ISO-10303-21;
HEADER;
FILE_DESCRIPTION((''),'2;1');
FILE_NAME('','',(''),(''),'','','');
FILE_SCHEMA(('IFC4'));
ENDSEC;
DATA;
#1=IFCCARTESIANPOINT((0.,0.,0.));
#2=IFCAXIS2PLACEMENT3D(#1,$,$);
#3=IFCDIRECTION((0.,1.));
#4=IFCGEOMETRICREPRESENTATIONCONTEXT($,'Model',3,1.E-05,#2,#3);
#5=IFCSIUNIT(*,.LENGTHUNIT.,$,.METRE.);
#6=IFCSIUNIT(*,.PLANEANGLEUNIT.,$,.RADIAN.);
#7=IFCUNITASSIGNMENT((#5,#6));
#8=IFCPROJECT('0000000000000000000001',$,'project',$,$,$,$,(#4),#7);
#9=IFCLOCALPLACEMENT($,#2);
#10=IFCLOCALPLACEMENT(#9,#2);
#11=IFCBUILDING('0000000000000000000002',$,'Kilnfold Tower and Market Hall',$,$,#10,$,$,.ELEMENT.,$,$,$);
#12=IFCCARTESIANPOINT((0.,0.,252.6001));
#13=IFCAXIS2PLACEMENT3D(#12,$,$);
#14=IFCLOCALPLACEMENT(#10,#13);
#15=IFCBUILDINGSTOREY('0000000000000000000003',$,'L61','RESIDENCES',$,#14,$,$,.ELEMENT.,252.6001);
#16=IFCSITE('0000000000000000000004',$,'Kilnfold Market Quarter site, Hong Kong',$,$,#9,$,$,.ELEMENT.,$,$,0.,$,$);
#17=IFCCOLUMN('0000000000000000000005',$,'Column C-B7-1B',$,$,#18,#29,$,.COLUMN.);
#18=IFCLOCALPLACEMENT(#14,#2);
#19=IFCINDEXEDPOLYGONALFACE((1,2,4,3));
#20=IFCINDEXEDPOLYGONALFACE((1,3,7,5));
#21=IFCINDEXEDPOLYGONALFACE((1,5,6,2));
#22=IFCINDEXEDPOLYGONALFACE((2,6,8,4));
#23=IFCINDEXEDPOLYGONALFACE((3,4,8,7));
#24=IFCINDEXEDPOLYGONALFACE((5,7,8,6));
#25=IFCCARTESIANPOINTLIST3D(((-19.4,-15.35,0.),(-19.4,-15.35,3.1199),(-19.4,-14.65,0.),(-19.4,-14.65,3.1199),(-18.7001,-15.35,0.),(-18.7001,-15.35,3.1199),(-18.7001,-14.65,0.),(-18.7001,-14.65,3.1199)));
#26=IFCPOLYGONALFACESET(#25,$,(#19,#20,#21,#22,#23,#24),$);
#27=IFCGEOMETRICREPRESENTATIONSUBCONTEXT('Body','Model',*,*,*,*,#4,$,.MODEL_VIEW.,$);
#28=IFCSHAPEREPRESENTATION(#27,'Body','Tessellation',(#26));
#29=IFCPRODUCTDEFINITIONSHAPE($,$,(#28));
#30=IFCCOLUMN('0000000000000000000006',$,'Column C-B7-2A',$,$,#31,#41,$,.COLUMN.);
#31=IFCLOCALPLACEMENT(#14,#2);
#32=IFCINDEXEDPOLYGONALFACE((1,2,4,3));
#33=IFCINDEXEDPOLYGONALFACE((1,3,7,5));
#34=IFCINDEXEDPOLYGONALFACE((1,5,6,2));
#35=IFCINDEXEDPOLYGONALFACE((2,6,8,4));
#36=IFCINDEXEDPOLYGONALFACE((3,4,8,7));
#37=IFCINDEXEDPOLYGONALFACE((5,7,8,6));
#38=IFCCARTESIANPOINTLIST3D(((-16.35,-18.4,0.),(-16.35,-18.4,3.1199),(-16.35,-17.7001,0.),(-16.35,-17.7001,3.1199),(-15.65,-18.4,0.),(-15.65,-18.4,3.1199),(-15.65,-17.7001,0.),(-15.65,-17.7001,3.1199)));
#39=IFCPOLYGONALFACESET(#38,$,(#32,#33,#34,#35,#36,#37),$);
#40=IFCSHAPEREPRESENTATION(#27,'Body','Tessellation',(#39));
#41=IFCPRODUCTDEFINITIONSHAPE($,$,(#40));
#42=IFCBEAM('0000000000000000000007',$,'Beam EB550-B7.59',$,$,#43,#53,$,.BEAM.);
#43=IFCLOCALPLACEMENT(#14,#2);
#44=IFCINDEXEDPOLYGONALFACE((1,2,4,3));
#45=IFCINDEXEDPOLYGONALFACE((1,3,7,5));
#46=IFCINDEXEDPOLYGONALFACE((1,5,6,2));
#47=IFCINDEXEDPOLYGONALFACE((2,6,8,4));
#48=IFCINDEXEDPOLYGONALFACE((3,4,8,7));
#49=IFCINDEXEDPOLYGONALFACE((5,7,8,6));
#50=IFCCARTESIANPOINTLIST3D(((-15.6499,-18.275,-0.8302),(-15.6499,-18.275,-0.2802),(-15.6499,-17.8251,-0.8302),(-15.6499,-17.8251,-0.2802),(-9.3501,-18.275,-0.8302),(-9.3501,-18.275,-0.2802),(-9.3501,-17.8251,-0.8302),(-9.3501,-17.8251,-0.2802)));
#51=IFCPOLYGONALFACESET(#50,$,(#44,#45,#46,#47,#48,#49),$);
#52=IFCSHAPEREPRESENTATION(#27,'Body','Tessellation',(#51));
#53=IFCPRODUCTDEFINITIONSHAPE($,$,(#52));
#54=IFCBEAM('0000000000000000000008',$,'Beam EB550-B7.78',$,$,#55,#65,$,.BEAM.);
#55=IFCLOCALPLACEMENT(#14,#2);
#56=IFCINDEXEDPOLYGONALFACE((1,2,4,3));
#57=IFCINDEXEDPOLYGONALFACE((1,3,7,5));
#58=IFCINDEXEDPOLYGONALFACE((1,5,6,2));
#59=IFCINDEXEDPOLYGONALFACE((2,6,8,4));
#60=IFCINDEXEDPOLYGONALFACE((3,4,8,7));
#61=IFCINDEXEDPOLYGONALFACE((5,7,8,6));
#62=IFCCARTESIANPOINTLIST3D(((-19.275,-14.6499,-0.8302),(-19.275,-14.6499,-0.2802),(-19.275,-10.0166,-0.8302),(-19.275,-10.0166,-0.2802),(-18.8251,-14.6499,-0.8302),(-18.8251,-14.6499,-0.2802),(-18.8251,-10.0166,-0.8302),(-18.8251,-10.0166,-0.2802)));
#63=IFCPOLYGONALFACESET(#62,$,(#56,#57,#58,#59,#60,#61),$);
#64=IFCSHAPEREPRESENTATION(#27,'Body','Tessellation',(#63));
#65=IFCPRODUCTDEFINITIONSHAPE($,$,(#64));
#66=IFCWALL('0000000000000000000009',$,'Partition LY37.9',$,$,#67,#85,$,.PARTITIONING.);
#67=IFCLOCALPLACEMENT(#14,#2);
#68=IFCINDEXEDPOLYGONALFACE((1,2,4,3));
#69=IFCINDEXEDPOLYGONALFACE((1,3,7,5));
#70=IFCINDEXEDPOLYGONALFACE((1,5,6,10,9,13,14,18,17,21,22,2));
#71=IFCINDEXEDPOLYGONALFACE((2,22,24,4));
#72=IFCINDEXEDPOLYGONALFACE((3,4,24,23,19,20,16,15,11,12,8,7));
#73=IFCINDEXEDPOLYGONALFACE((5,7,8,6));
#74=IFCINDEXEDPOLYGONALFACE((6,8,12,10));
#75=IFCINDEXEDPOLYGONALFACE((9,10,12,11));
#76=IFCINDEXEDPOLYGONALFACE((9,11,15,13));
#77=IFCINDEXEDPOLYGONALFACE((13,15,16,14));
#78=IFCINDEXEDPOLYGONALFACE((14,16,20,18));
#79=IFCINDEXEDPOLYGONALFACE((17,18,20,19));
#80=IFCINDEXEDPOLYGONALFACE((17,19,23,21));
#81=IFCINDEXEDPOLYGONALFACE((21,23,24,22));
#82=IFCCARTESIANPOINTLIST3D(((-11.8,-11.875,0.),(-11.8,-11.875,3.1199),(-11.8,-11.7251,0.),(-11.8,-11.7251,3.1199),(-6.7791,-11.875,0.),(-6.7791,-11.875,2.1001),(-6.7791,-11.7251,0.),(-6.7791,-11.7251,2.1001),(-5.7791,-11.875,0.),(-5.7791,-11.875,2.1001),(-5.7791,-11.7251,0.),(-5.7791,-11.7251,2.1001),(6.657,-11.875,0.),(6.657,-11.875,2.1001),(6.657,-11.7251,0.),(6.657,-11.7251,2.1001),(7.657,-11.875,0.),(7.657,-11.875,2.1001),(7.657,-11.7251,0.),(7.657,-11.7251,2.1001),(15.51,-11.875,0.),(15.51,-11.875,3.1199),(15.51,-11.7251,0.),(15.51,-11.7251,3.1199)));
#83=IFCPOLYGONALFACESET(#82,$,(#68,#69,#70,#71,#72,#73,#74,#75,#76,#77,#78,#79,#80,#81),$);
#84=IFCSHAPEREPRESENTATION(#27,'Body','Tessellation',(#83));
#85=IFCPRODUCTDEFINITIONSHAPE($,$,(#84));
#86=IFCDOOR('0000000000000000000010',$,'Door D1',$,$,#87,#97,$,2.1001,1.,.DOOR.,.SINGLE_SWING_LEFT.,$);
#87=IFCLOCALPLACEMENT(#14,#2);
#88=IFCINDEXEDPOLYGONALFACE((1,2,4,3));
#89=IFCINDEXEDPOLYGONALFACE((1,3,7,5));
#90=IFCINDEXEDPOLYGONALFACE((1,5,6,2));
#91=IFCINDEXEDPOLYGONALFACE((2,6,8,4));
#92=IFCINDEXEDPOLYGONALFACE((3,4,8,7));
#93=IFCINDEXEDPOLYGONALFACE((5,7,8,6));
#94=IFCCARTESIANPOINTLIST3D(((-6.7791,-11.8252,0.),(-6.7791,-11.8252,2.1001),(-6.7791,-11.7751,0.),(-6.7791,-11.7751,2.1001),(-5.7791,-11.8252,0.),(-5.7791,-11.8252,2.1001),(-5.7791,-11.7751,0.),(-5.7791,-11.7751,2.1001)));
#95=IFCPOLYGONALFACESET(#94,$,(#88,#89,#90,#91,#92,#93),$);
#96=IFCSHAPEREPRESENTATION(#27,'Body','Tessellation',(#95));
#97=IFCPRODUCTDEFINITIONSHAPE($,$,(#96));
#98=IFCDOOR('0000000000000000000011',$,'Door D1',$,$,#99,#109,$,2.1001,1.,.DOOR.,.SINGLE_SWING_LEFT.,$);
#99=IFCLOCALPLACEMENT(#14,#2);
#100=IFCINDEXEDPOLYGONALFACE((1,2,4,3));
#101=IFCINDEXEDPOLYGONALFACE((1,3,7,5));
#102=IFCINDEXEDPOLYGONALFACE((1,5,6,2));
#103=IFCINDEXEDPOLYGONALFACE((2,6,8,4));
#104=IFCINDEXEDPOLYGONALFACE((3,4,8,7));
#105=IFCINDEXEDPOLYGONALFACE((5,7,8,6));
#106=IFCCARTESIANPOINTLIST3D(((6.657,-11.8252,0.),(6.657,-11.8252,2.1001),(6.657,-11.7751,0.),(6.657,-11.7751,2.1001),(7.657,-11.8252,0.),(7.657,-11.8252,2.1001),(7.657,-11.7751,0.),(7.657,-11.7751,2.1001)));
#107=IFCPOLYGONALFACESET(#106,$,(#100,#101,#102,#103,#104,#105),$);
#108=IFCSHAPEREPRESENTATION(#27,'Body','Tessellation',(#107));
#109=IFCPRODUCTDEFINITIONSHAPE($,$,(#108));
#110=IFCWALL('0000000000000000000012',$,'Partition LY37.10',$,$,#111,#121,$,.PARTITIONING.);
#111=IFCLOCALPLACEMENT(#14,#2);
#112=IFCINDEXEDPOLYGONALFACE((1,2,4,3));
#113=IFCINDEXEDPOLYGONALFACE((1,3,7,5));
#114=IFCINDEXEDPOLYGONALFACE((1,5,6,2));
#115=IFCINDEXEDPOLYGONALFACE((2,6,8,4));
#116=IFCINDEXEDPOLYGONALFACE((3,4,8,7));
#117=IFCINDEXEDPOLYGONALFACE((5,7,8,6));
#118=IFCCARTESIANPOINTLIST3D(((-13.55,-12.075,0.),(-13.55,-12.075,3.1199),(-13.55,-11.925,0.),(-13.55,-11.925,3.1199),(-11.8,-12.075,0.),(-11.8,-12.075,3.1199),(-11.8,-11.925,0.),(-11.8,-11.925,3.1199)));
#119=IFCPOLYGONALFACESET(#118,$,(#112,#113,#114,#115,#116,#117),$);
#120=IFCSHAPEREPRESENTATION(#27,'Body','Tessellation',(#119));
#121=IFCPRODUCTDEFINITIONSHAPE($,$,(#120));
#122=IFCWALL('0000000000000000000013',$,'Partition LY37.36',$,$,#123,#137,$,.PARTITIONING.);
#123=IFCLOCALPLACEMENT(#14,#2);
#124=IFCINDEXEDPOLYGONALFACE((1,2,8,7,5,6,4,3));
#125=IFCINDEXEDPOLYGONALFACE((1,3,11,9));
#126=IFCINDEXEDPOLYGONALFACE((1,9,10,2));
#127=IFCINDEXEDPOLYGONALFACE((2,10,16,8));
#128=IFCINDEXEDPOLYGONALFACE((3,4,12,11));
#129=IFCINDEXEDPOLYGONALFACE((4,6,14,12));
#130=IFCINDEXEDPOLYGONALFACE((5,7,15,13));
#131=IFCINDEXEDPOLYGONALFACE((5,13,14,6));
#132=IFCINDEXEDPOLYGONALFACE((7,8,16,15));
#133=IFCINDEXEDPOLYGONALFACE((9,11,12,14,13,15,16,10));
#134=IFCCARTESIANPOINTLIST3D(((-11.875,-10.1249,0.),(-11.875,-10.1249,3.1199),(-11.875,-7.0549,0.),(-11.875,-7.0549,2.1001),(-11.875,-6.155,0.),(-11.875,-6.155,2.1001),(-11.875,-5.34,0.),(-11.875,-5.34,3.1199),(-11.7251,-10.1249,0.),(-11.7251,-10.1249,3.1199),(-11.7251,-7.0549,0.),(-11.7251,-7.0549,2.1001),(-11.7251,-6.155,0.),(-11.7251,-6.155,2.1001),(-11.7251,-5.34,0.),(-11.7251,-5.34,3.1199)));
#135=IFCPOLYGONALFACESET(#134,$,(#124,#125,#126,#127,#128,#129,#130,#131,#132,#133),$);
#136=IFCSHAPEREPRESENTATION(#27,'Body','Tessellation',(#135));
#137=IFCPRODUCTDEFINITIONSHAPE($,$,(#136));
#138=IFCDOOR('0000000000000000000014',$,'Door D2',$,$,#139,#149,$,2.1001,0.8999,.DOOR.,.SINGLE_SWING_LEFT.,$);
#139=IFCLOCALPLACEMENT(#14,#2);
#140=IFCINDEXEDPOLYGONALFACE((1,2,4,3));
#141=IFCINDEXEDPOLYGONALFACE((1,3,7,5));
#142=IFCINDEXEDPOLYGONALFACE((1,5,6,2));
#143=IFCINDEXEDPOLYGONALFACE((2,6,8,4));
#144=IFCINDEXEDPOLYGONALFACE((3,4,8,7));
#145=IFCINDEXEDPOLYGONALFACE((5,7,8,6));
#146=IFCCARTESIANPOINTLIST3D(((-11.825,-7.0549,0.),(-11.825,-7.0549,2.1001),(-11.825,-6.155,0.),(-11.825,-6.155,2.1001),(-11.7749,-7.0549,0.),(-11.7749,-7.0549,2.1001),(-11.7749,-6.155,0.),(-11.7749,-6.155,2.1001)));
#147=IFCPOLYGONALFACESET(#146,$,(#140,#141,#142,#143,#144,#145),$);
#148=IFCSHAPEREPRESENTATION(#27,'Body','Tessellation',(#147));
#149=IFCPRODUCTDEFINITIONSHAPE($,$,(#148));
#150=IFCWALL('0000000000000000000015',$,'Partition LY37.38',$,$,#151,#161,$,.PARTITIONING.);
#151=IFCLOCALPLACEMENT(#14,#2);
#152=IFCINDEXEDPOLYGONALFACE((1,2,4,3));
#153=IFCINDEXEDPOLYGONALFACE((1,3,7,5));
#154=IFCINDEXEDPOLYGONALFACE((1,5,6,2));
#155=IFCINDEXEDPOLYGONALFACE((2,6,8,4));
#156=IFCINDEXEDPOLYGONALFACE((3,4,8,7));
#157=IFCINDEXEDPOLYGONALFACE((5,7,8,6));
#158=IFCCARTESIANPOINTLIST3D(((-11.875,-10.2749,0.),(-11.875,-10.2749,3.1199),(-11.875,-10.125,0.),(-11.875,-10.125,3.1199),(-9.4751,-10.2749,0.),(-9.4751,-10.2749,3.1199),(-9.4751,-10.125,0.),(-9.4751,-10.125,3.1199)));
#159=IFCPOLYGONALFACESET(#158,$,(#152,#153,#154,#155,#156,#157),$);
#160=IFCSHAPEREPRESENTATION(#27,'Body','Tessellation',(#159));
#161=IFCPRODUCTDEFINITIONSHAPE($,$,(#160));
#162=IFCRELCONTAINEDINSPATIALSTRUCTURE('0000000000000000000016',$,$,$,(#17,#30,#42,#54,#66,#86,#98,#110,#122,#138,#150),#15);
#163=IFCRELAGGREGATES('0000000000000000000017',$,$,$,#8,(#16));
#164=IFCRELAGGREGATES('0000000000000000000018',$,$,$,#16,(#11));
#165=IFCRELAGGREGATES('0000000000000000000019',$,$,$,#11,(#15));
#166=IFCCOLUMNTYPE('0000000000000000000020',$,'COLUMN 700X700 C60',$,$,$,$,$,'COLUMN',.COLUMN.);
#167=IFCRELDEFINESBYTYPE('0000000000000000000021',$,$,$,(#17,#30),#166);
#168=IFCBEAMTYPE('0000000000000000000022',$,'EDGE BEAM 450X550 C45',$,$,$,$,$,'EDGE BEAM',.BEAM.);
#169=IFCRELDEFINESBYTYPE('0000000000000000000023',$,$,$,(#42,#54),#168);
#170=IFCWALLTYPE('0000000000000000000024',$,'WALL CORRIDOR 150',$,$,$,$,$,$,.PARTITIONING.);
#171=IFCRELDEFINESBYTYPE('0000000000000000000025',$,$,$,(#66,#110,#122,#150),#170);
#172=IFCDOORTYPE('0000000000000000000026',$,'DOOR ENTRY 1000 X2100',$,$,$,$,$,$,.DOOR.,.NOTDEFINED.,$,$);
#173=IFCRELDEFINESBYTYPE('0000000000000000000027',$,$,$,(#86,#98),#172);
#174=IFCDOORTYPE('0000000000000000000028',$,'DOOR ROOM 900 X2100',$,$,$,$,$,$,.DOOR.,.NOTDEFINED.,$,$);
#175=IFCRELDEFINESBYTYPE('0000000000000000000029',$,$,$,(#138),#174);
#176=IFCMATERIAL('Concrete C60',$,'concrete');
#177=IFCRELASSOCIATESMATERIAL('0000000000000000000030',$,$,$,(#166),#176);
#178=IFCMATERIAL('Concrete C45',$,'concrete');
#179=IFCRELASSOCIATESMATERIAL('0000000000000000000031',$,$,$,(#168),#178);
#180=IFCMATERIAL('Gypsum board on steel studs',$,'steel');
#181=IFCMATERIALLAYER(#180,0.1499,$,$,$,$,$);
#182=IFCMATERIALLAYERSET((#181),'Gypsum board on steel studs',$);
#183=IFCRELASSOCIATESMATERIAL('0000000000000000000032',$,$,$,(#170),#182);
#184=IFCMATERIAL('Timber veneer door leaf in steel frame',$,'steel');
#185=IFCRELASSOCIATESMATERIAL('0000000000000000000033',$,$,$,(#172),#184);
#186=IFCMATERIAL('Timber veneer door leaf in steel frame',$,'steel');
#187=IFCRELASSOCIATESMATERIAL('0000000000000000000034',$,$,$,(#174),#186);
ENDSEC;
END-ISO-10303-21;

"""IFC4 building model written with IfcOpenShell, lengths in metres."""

from ifc_helpers import new_model, si_unit, direction, frame, frame_2d, origin, origin_2d, place, context, subcontext, project, spatial, rectangle, extrude, source, transform, mapped, material, layer, layer_set, material_profile, profile_set, type_object, element, fill, save


model = new_model("IFC4")

# Units and contexts
model_context = context("Model", 3, precision=1e-05, world=origin(), true_north=direction((0.0, 1.0)))
body_context = subcontext(model_context, "Body", "Model", "MODEL_VIEW")
ifc_project = project(units=[si_unit("LENGTHUNIT", "METRE"), si_unit("PLANEANGLEUNIT", "RADIAN")], contexts=[model_context])

# Site, building, storey
site_placement = place(None, origin())
site = spatial("IfcSite", under=ifc_project, at=site_placement, Name="Kilnfold Market Quarter site, Hong Kong", CompositionType="ELEMENT", RefElevation=0.0)
building_placement = place(site_placement, origin())
building = spatial("IfcBuilding", under=site, at=building_placement, Name="Kilnfold Tower and Market Hall", CompositionType="ELEMENT")
storey_placement = place(building_placement, frame((0.0, 0.0, 252.6001)))
storey = spatial("IfcBuildingStorey", under=building, at=storey_placement, Name="L61", Description="RESIDENCES", CompositionType="ELEMENT", Elevation=252.6001)

# Columns
ifc_material_1 = material(Name="Concrete C60", Category="concrete")
ifc_material_profile_1 = material_profile(ifc_material_1, rectangle(XDim=0.7, YDim=0.7, at=origin_2d()), Name="RC 700x700")
ifc_profile_set_1 = profile_set([ifc_material_profile_1], Name="Concrete C60")
column_type = type_object("IfcColumnType", Name="COLUMN 700X700 C60", ElementType="COLUMN", PredefinedType="COLUMN", material=ifc_profile_set_1)
shared_shape_1 = source(origin(), body_context, "Body", "SweptSolid", [
    extrude(rectangle(XDim=0.7, YDim=0.7, at=origin_2d()), origin(), (0.0, 0.0, 1.0), 3.1199),
])
for number, where, z_axis, x_axis, name in (
    (1, (-19.05, -15.0, 0.0), (0.0, 0.0, 1.0), (1.0, 0.0, 0.0), "Column C-B7-1B"),
    (2, (-16.0, -18.05, 0.0), (0.0, 0.0, 1.0), (1.0, 0.0, 0.0), "Column C-B7-2A"),
):
    element("IfcColumn", number, at=place(storey_placement, frame(where, z_axis=z_axis, x_axis=x_axis)), inside=storey, type_object=column_type, Name=name, PredefinedType="COLUMN", context=body_context, shape_type="MappedRepresentation", body=[
        mapped(shared_shape_1, transform((0.0, 0.0, 0.0))),
    ])

# Beams
ifc_material_2 = material(Name="Concrete C45", Category="concrete")
ifc_material_profile_2 = material_profile(ifc_material_2, rectangle(XDim=0.45, YDim=0.55, at=origin_2d()), Name="RC 450x550")
ifc_profile_set_2 = profile_set([ifc_material_profile_2], Name="Concrete C45")
beam_type = type_object("IfcBeamType", Name="EDGE BEAM 450X550 C45", ElementType="EDGE BEAM", PredefinedType="BEAM", material=ifc_profile_set_2)
shared_shape_2 = source(origin(), body_context, "Body", "SweptSolid", [
    extrude(rectangle(XDim=0.45, YDim=0.55, at=origin_2d()), origin(), (0.0, 0.0, 1.0), 6.2998),
])
beam_1_placement = place(storey_placement, frame((-15.6499, -18.05, -0.5552), z_axis=(1.0, 0.0, 0.0), x_axis=(0.0, 1.0, 0.0)))
element("IfcBeam", 3, at=beam_1_placement, inside=storey, type_object=beam_type, Name="Beam EB550-B7.59", PredefinedType="BEAM", context=body_context, shape_type="MappedRepresentation", body=[
    mapped(shared_shape_2, transform((0.0, 0.0, 0.0))),
])
shared_shape_3 = source(origin(), body_context, "Body", "SweptSolid", [
    extrude(rectangle(XDim=0.45, YDim=0.55, at=origin_2d()), origin(), (0.0, 0.0, 1.0), 4.6333),
])
beam_2_placement = place(storey_placement, frame((-19.05, -14.6499, -0.5552), z_axis=(0.0, 1.0, 0.0), x_axis=(-1.0, 0.0, 0.0)))
element("IfcBeam", 4, at=beam_2_placement, inside=storey, type_object=beam_type, Name="Beam EB550-B7.78", PredefinedType="BEAM", context=body_context, shape_type="MappedRepresentation", body=[
    mapped(shared_shape_3, transform((0.0, 0.0, 0.0))),
])

# Wall, openings, doors
ifc_material_3 = material(Name="Gypsum board on steel studs", Category="steel")
ifc_layer_1 = layer(ifc_material_3, 0.1499)
ifc_layer_set_1 = layer_set([ifc_layer_1], Name="Gypsum board on steel studs")
wall_type_1 = type_object("IfcWallType", Name="WALL CORRIDOR 150", PredefinedType="PARTITIONING", material=ifc_layer_set_1)
wall_1_placement = place(storey_placement, frame((-11.8, -11.8, 0.0), z_axis=(0.0, 0.0, 1.0), x_axis=(1.0, 0.0, 0.0)))
wall_1 = element("IfcWall", 5, at=wall_1_placement, inside=storey, type_object=wall_type_1, Name="Partition LY37.9", PredefinedType="PARTITIONING", context=body_context, shape_type="SweptSolid", body=[
    extrude(rectangle(XDim=27.3101, YDim=0.1499, at=frame_2d((13.655, 0.0))), origin(), (0.0, 0.0, 1.0), 3.1199),
])
opening_1_placement = place(wall_1_placement, frame((5.021, 0.0, 0.0)))
opening_1 = element("IfcOpeningElement", 6, at=opening_1_placement, cuts=wall_1, PredefinedType="OPENING", context=body_context, shape_type="SweptSolid", body=[
    extrude(rectangle(XDim=1.0, YDim=2.1001, at=frame_2d((0.5, 1.05))), frame((0.0, 0.085, 0.0), z_axis=(0.0, -1.0, 0.0), x_axis=(1.0, 0.0, 0.0)), (0.0, 0.0, 1.0), 0.1699),
])
opening_2_placement = place(wall_1_placement, frame((18.457, 0.0, 0.0)))
opening_2 = element("IfcOpeningElement", 7, at=opening_2_placement, cuts=wall_1, PredefinedType="OPENING", context=body_context, shape_type="SweptSolid", body=[
    extrude(rectangle(XDim=1.0, YDim=2.1001, at=frame_2d((0.5, 1.05))), frame((0.0, 0.085, 0.0), z_axis=(0.0, -1.0, 0.0), x_axis=(1.0, 0.0, 0.0)), (0.0, 0.0, 1.0), 0.1699),
])
ifc_material_4 = material(Name="Timber veneer door leaf in steel frame", Category="steel")
door_type_1 = type_object("IfcDoorType", Name="DOOR ENTRY 1000 X2100", OperationType="NOTDEFINED", PredefinedType="DOOR", material=ifc_material_4)
door_1_placement = place(opening_1_placement, origin())
door_1 = element("IfcDoor", 8, at=door_1_placement, inside=storey, type_object=door_type_1, Name="Door D1", OperationType="SINGLE_SWING_LEFT", OverallHeight=2.1001, OverallWidth=1.0, PredefinedType="DOOR", context=body_context, shape_type="SweptSolid", body=[
    extrude(rectangle(XDim=1.0, YDim=2.1001, at=frame_2d((0.5, 1.05))), frame((0.0, 0.0249, 0.0), z_axis=(0.0, -1.0, 0.0), x_axis=(1.0, 0.0, 0.0)), (0.0, 0.0, 1.0), 0.05),
])
fill(opening_1, door_1)
door_2_placement = place(opening_2_placement, origin())
door_2 = element("IfcDoor", 9, at=door_2_placement, inside=storey, type_object=door_type_1, Name="Door D1", OperationType="SINGLE_SWING_LEFT", OverallHeight=2.1001, OverallWidth=1.0, PredefinedType="DOOR", context=body_context, shape_type="SweptSolid", body=[
    extrude(rectangle(XDim=1.0, YDim=2.1001, at=frame_2d((0.5, 1.05))), frame((0.0, 0.0249, 0.0), z_axis=(0.0, -1.0, 0.0), x_axis=(1.0, 0.0, 0.0)), (0.0, 0.0, 1.0), 0.05),
])
fill(opening_2, door_2)

# Wall
wall_2_placement = place(storey_placement, frame((-13.55, -12.0, 0.0), z_axis=(0.0, 0.0, 1.0), x_axis=(1.0, 0.0, 0.0)))
element("IfcWall", 10, at=wall_2_placement, inside=storey, type_object=wall_type_1, Name="Partition LY37.10", PredefinedType="PARTITIONING", context=body_context, shape_type="SweptSolid", body=[
    extrude(rectangle(XDim=1.75, YDim=0.1499, at=frame_2d((0.875, 0.0))), origin(), (0.0, 0.0, 1.0), 3.1199),
])

# Wall, opening, door
wall_3_placement = place(storey_placement, frame((-11.8, -10.125, 0.0), z_axis=(0.0, 0.0, 1.0), x_axis=(0.0, 1.0, 0.0)))
wall_3 = element("IfcWall", 11, at=wall_3_placement, inside=storey, type_object=wall_type_1, Name="Partition LY37.36", PredefinedType="PARTITIONING", context=body_context, shape_type="SweptSolid", body=[
    extrude(rectangle(XDim=4.7849, YDim=0.1499, at=frame_2d((2.3926, 0.0))), origin(), (0.0, 0.0, 1.0), 3.1199),
])
opening_3_placement = place(wall_3_placement, frame((3.0701, 0.0, 0.0)))
opening_3 = element("IfcOpeningElement", 12, at=opening_3_placement, cuts=wall_3, PredefinedType="OPENING", context=body_context, shape_type="SweptSolid", body=[
    extrude(rectangle(XDim=0.8999, YDim=2.1001, at=frame_2d((0.45, 1.05))), frame((0.0, 0.085, 0.0), z_axis=(0.0, -1.0, 0.0), x_axis=(1.0, 0.0, 0.0)), (0.0, 0.0, 1.0), 0.1699),
])
ifc_material_5 = material(Name="Timber veneer door leaf in steel frame", Category="steel")
door_type_2 = type_object("IfcDoorType", Name="DOOR ROOM 900 X2100", OperationType="NOTDEFINED", PredefinedType="DOOR", material=ifc_material_5)
door_3_placement = place(opening_3_placement, origin())
door_3 = element("IfcDoor", 13, at=door_3_placement, inside=storey, type_object=door_type_2, Name="Door D2", OperationType="SINGLE_SWING_LEFT", OverallHeight=2.1001, OverallWidth=0.8999, PredefinedType="DOOR", context=body_context, shape_type="SweptSolid", body=[
    extrude(rectangle(XDim=0.8999, YDim=2.1001, at=frame_2d((0.45, 1.05))), frame((0.0, 0.0249, 0.0), z_axis=(0.0, -1.0, 0.0), x_axis=(1.0, 0.0, 0.0)), (0.0, 0.0, 1.0), 0.05),
])
fill(opening_3, door_3)

# Wall
wall_4_placement = place(storey_placement, frame((-11.875, -10.2, 0.0), z_axis=(0.0, 0.0, 1.0), x_axis=(1.0, 0.0, 0.0)))
element("IfcWall", 14, at=wall_4_placement, inside=storey, type_object=wall_type_1, Name="Partition LY37.38", PredefinedType="PARTITIONING", context=body_context, shape_type="SweptSolid", body=[
    extrude(rectangle(XDim=2.3999, YDim=0.1499, at=frame_2d((1.2, 0.0))), origin(), (0.0, 0.0, 1.0), 3.1199),
])

save(model, "model.ifc")
